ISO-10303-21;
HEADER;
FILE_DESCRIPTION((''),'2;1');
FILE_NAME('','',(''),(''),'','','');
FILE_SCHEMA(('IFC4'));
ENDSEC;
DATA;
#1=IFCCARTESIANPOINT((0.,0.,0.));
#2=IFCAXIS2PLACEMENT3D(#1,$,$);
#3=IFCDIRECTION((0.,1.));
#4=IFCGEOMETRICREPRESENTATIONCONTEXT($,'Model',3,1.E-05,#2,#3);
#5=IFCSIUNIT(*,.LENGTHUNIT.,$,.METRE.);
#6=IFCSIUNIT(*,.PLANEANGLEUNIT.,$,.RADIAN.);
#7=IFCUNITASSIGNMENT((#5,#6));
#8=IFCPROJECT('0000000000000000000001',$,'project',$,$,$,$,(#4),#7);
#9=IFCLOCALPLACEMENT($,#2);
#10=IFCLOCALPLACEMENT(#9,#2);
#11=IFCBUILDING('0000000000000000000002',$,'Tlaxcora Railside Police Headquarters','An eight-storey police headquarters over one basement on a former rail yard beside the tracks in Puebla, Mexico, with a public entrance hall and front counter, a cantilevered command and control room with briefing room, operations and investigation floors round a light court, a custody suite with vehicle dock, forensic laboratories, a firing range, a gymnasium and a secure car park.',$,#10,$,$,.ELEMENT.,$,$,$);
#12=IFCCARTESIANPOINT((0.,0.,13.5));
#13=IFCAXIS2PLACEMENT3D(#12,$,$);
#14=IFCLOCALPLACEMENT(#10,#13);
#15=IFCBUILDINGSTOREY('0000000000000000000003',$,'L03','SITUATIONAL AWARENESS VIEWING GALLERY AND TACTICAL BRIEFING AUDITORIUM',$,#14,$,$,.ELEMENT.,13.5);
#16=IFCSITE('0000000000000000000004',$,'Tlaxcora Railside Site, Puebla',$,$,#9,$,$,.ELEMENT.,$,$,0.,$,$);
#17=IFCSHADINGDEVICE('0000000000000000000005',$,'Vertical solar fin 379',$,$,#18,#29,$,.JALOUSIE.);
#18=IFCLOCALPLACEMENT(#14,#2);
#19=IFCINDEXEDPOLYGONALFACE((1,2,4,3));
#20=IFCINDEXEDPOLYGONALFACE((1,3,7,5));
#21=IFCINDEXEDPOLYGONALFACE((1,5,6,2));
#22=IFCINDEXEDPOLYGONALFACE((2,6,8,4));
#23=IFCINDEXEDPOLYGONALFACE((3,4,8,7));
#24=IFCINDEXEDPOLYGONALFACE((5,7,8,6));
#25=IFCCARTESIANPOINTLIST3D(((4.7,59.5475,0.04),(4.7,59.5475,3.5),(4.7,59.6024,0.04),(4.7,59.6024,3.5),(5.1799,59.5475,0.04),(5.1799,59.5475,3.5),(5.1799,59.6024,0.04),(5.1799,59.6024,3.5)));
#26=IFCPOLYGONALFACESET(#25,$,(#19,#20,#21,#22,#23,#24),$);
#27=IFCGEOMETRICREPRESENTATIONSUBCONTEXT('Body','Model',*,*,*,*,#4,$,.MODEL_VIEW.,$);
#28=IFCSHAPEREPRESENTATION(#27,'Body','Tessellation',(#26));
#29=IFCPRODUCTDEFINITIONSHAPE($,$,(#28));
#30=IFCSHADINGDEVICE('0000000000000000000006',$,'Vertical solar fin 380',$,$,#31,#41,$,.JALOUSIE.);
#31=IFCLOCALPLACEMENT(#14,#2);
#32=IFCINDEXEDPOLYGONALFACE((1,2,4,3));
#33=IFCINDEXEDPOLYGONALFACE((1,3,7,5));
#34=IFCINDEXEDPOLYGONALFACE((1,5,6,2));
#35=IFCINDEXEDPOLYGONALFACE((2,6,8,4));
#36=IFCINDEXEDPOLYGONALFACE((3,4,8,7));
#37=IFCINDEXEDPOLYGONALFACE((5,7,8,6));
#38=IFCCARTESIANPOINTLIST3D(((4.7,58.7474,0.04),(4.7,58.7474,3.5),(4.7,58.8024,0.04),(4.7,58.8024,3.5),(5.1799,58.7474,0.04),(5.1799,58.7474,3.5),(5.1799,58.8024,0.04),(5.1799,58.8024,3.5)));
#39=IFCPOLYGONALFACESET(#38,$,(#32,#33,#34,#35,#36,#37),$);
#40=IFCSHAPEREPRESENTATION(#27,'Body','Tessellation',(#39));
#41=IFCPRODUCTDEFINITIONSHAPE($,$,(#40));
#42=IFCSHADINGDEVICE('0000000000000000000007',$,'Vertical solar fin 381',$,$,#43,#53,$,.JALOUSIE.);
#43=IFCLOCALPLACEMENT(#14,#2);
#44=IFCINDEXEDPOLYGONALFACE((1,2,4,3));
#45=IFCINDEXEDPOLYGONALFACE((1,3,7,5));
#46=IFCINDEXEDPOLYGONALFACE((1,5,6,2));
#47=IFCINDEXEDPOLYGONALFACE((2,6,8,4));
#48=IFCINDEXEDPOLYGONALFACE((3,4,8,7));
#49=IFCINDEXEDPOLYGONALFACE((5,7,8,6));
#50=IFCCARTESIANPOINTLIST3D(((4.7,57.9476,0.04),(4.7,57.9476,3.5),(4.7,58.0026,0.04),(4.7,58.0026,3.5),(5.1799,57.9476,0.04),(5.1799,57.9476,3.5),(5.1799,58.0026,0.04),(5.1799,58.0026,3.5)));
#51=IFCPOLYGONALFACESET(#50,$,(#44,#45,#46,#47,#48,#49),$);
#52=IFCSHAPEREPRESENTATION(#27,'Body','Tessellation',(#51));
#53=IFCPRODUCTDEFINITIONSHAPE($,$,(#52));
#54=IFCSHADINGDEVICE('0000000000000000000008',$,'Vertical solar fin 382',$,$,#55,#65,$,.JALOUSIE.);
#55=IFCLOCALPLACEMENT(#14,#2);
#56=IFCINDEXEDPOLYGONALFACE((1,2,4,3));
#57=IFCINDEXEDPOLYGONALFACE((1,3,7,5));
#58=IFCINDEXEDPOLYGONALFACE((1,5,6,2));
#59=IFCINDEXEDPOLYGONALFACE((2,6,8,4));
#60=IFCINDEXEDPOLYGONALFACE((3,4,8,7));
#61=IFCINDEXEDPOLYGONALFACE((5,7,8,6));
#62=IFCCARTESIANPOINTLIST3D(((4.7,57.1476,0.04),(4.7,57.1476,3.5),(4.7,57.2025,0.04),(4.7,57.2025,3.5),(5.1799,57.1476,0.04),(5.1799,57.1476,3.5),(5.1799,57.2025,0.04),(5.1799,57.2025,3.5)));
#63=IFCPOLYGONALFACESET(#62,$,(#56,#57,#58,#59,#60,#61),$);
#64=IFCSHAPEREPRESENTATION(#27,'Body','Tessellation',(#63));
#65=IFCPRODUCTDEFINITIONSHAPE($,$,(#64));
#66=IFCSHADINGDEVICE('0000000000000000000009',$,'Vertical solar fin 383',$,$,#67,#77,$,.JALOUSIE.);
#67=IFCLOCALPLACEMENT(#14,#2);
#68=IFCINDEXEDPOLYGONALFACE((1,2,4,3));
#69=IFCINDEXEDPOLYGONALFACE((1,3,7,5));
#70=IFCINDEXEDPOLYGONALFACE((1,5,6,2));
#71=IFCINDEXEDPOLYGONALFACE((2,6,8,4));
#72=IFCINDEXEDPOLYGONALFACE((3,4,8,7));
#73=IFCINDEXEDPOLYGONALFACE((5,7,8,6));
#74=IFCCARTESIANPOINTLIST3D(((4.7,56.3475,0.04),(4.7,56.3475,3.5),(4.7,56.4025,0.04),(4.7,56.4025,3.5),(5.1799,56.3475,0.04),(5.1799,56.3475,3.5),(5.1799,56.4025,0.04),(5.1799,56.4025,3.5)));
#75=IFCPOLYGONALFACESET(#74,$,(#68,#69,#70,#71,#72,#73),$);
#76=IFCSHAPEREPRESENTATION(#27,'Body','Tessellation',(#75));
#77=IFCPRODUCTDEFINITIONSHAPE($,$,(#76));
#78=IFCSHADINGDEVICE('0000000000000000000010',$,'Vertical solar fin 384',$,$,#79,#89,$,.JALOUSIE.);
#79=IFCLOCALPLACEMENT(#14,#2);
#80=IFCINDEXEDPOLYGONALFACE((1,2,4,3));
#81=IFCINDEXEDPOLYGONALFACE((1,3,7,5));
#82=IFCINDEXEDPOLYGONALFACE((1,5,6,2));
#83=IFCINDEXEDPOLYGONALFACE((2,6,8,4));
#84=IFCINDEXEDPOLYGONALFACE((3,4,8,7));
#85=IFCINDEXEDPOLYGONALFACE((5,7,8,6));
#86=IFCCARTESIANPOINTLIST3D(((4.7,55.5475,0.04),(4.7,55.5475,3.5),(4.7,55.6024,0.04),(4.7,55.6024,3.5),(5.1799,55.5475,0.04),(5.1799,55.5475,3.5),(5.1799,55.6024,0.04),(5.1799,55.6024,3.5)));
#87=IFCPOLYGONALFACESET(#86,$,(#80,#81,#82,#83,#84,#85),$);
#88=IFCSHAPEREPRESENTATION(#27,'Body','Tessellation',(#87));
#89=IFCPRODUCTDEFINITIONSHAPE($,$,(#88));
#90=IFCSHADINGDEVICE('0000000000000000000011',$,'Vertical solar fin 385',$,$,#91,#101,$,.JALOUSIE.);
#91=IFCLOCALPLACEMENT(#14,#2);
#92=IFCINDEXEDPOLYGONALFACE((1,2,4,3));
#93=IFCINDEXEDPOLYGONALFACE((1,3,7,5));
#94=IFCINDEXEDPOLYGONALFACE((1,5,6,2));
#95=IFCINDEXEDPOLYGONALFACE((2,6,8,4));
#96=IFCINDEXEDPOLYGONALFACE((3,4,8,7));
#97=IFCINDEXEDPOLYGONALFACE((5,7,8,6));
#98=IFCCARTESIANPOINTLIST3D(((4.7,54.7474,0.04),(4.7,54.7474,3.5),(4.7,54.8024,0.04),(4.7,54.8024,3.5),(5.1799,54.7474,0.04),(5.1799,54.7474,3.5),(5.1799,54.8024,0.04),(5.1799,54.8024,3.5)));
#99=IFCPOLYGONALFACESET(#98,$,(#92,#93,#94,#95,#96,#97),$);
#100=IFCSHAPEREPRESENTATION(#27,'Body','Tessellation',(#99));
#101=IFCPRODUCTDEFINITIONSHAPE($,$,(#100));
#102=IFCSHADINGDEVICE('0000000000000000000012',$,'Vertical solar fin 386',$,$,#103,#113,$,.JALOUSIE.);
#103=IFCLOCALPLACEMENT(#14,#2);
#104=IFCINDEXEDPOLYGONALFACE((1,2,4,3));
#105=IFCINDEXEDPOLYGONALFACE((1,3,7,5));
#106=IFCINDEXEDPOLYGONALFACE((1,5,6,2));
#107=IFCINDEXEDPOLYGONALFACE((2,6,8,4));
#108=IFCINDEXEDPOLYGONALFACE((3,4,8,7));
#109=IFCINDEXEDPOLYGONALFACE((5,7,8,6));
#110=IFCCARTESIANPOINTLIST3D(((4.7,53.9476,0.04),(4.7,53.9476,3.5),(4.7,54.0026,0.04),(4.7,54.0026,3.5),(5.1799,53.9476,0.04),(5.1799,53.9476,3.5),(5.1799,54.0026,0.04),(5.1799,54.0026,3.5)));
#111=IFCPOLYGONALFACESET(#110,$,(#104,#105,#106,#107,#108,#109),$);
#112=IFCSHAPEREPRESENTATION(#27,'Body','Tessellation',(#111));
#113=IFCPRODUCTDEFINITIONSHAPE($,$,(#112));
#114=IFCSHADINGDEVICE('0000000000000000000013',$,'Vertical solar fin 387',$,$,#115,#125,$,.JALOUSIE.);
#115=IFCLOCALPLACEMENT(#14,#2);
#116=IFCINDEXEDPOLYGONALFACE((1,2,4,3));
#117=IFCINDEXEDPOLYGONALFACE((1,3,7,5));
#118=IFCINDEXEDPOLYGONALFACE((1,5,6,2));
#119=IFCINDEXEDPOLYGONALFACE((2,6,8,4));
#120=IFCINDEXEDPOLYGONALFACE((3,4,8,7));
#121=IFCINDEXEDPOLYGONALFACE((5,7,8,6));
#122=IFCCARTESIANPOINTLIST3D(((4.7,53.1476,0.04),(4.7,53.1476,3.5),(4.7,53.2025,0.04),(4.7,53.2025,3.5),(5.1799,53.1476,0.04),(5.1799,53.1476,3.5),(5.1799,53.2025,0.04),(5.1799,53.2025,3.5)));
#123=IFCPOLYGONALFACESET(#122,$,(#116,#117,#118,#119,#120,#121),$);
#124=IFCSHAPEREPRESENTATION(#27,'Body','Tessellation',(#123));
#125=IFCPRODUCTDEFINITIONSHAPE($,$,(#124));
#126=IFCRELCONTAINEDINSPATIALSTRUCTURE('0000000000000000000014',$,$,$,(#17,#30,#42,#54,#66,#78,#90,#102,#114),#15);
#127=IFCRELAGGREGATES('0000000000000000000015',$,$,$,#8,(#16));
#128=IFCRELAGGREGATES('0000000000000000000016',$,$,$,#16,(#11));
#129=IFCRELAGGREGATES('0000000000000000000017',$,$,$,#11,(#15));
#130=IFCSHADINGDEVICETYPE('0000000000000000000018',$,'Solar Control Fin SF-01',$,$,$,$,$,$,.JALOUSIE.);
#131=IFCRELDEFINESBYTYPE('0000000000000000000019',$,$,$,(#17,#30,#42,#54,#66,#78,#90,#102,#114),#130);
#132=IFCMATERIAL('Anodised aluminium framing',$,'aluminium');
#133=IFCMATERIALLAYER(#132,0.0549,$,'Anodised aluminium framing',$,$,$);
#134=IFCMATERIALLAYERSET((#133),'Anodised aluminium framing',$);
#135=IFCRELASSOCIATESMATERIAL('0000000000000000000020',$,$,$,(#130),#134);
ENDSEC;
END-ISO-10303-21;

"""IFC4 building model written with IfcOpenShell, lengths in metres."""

from ifc_helpers import new_model, si_unit, direction, frame, origin, origin_2d, place, context, subcontext, project, spatial, rectangle, extrude, material, layer, layer_set, type_object, element, save


model = new_model("IFC4")

# Units and contexts
model_context = context("Model", 3, precision=1e-05, world=origin(), true_north=direction((0.0, 1.0)))
body_context = subcontext(model_context, "Body", "Model", "MODEL_VIEW")
ifc_project = project(units=[si_unit("LENGTHUNIT", "METRE"), si_unit("PLANEANGLEUNIT", "RADIAN")], contexts=[model_context])

# Site, building, storey
site_placement = place(None, origin())
site = spatial("IfcSite", under=ifc_project, at=site_placement, Name="Tlaxcora Railside Site, Puebla", CompositionType="ELEMENT", RefElevation=0.0)
building_placement = place(site_placement, origin())
building = spatial("IfcBuilding", under=site, at=building_placement, Name="Tlaxcora Railside Police Headquarters", Description="An eight-storey police headquarters over one basement on a former rail yard beside the tracks in Puebla, Mexico, with a public entrance hall and front counter, a cantilevered command and control room with briefing room, operations and investigation floors round a light court, a custody suite with vehicle dock, forensic laboratories, a firing range, a gymnasium and a secure car park.", CompositionType="ELEMENT")
storey_placement = place(building_placement, frame((0.0, 0.0, 13.5)))
storey = spatial("IfcBuildingStorey", under=building, at=storey_placement, Name="L03", Description="SITUATIONAL AWARENESS VIEWING GALLERY AND TACTICAL BRIEFING AUDITORIUM", CompositionType="ELEMENT", Elevation=13.5)

# Shared definitions
ifc_material_1 = material(Name="Anodised aluminium framing", Category="aluminium")

# Shading devices
ifc_layer_1 = layer(ifc_material_1, 0.0549, Name="Anodised aluminium framing")
ifc_layer_set_1 = layer_set([ifc_layer_1], Name="Anodised aluminium framing")
shading_device_type = type_object("IfcShadingDeviceType", Name="Solar Control Fin SF-01", PredefinedType="JALOUSIE", material=ifc_layer_set_1)
for number, where, z_axis, x_axis, name in (
    (1, (4.9399, 59.575, 0.04), (0.0, 0.0, 1.0), (-1.0, 0.0, 0.0), "Vertical solar fin 379"),
    (2, (4.9399, 58.7749, 0.04), (0.0, 0.0, 1.0), (-1.0, 0.0, 0.0), "Vertical solar fin 380"),
    (3, (4.9399, 57.9751, 0.04), (0.0, 0.0, 1.0), (-1.0, 0.0, 0.0), "Vertical solar fin 381"),
    (4, (4.9399, 57.175, 0.04), (0.0, 0.0, 1.0), (-1.0, 0.0, 0.0), "Vertical solar fin 382"),
    (5, (4.9399, 56.375, 0.04), (0.0, 0.0, 1.0), (-1.0, 0.0, 0.0), "Vertical solar fin 383"),
    (6, (4.9399, 55.575, 0.04), (0.0, 0.0, 1.0), (-1.0, 0.0, 0.0), "Vertical solar fin 384"),
    (7, (4.9399, 54.7749, 0.04), (0.0, 0.0, 1.0), (-1.0, 0.0, 0.0), "Vertical solar fin 385"),
    (8, (4.9399, 53.9751, 0.04), (0.0, 0.0, 1.0), (-1.0, 0.0, 0.0), "Vertical solar fin 386"),
    (9, (4.9399, 53.175, 0.04), (0.0, 0.0, 1.0), (-1.0, 0.0, 0.0), "Vertical solar fin 387"),
):
    element("IfcShadingDevice", number, at=place(storey_placement, frame(where, z_axis=z_axis, x_axis=x_axis)), inside=storey, type_object=shading_device_type, Name=name, PredefinedType="JALOUSIE", context=body_context, shape_type="SweptSolid", body=[
        extrude(rectangle(XDim=0.48, YDim=0.0549, at=origin_2d()), origin(), (0.0, 0.0, 1.0), 3.46),
    ])

save(model, "model.ifc")
